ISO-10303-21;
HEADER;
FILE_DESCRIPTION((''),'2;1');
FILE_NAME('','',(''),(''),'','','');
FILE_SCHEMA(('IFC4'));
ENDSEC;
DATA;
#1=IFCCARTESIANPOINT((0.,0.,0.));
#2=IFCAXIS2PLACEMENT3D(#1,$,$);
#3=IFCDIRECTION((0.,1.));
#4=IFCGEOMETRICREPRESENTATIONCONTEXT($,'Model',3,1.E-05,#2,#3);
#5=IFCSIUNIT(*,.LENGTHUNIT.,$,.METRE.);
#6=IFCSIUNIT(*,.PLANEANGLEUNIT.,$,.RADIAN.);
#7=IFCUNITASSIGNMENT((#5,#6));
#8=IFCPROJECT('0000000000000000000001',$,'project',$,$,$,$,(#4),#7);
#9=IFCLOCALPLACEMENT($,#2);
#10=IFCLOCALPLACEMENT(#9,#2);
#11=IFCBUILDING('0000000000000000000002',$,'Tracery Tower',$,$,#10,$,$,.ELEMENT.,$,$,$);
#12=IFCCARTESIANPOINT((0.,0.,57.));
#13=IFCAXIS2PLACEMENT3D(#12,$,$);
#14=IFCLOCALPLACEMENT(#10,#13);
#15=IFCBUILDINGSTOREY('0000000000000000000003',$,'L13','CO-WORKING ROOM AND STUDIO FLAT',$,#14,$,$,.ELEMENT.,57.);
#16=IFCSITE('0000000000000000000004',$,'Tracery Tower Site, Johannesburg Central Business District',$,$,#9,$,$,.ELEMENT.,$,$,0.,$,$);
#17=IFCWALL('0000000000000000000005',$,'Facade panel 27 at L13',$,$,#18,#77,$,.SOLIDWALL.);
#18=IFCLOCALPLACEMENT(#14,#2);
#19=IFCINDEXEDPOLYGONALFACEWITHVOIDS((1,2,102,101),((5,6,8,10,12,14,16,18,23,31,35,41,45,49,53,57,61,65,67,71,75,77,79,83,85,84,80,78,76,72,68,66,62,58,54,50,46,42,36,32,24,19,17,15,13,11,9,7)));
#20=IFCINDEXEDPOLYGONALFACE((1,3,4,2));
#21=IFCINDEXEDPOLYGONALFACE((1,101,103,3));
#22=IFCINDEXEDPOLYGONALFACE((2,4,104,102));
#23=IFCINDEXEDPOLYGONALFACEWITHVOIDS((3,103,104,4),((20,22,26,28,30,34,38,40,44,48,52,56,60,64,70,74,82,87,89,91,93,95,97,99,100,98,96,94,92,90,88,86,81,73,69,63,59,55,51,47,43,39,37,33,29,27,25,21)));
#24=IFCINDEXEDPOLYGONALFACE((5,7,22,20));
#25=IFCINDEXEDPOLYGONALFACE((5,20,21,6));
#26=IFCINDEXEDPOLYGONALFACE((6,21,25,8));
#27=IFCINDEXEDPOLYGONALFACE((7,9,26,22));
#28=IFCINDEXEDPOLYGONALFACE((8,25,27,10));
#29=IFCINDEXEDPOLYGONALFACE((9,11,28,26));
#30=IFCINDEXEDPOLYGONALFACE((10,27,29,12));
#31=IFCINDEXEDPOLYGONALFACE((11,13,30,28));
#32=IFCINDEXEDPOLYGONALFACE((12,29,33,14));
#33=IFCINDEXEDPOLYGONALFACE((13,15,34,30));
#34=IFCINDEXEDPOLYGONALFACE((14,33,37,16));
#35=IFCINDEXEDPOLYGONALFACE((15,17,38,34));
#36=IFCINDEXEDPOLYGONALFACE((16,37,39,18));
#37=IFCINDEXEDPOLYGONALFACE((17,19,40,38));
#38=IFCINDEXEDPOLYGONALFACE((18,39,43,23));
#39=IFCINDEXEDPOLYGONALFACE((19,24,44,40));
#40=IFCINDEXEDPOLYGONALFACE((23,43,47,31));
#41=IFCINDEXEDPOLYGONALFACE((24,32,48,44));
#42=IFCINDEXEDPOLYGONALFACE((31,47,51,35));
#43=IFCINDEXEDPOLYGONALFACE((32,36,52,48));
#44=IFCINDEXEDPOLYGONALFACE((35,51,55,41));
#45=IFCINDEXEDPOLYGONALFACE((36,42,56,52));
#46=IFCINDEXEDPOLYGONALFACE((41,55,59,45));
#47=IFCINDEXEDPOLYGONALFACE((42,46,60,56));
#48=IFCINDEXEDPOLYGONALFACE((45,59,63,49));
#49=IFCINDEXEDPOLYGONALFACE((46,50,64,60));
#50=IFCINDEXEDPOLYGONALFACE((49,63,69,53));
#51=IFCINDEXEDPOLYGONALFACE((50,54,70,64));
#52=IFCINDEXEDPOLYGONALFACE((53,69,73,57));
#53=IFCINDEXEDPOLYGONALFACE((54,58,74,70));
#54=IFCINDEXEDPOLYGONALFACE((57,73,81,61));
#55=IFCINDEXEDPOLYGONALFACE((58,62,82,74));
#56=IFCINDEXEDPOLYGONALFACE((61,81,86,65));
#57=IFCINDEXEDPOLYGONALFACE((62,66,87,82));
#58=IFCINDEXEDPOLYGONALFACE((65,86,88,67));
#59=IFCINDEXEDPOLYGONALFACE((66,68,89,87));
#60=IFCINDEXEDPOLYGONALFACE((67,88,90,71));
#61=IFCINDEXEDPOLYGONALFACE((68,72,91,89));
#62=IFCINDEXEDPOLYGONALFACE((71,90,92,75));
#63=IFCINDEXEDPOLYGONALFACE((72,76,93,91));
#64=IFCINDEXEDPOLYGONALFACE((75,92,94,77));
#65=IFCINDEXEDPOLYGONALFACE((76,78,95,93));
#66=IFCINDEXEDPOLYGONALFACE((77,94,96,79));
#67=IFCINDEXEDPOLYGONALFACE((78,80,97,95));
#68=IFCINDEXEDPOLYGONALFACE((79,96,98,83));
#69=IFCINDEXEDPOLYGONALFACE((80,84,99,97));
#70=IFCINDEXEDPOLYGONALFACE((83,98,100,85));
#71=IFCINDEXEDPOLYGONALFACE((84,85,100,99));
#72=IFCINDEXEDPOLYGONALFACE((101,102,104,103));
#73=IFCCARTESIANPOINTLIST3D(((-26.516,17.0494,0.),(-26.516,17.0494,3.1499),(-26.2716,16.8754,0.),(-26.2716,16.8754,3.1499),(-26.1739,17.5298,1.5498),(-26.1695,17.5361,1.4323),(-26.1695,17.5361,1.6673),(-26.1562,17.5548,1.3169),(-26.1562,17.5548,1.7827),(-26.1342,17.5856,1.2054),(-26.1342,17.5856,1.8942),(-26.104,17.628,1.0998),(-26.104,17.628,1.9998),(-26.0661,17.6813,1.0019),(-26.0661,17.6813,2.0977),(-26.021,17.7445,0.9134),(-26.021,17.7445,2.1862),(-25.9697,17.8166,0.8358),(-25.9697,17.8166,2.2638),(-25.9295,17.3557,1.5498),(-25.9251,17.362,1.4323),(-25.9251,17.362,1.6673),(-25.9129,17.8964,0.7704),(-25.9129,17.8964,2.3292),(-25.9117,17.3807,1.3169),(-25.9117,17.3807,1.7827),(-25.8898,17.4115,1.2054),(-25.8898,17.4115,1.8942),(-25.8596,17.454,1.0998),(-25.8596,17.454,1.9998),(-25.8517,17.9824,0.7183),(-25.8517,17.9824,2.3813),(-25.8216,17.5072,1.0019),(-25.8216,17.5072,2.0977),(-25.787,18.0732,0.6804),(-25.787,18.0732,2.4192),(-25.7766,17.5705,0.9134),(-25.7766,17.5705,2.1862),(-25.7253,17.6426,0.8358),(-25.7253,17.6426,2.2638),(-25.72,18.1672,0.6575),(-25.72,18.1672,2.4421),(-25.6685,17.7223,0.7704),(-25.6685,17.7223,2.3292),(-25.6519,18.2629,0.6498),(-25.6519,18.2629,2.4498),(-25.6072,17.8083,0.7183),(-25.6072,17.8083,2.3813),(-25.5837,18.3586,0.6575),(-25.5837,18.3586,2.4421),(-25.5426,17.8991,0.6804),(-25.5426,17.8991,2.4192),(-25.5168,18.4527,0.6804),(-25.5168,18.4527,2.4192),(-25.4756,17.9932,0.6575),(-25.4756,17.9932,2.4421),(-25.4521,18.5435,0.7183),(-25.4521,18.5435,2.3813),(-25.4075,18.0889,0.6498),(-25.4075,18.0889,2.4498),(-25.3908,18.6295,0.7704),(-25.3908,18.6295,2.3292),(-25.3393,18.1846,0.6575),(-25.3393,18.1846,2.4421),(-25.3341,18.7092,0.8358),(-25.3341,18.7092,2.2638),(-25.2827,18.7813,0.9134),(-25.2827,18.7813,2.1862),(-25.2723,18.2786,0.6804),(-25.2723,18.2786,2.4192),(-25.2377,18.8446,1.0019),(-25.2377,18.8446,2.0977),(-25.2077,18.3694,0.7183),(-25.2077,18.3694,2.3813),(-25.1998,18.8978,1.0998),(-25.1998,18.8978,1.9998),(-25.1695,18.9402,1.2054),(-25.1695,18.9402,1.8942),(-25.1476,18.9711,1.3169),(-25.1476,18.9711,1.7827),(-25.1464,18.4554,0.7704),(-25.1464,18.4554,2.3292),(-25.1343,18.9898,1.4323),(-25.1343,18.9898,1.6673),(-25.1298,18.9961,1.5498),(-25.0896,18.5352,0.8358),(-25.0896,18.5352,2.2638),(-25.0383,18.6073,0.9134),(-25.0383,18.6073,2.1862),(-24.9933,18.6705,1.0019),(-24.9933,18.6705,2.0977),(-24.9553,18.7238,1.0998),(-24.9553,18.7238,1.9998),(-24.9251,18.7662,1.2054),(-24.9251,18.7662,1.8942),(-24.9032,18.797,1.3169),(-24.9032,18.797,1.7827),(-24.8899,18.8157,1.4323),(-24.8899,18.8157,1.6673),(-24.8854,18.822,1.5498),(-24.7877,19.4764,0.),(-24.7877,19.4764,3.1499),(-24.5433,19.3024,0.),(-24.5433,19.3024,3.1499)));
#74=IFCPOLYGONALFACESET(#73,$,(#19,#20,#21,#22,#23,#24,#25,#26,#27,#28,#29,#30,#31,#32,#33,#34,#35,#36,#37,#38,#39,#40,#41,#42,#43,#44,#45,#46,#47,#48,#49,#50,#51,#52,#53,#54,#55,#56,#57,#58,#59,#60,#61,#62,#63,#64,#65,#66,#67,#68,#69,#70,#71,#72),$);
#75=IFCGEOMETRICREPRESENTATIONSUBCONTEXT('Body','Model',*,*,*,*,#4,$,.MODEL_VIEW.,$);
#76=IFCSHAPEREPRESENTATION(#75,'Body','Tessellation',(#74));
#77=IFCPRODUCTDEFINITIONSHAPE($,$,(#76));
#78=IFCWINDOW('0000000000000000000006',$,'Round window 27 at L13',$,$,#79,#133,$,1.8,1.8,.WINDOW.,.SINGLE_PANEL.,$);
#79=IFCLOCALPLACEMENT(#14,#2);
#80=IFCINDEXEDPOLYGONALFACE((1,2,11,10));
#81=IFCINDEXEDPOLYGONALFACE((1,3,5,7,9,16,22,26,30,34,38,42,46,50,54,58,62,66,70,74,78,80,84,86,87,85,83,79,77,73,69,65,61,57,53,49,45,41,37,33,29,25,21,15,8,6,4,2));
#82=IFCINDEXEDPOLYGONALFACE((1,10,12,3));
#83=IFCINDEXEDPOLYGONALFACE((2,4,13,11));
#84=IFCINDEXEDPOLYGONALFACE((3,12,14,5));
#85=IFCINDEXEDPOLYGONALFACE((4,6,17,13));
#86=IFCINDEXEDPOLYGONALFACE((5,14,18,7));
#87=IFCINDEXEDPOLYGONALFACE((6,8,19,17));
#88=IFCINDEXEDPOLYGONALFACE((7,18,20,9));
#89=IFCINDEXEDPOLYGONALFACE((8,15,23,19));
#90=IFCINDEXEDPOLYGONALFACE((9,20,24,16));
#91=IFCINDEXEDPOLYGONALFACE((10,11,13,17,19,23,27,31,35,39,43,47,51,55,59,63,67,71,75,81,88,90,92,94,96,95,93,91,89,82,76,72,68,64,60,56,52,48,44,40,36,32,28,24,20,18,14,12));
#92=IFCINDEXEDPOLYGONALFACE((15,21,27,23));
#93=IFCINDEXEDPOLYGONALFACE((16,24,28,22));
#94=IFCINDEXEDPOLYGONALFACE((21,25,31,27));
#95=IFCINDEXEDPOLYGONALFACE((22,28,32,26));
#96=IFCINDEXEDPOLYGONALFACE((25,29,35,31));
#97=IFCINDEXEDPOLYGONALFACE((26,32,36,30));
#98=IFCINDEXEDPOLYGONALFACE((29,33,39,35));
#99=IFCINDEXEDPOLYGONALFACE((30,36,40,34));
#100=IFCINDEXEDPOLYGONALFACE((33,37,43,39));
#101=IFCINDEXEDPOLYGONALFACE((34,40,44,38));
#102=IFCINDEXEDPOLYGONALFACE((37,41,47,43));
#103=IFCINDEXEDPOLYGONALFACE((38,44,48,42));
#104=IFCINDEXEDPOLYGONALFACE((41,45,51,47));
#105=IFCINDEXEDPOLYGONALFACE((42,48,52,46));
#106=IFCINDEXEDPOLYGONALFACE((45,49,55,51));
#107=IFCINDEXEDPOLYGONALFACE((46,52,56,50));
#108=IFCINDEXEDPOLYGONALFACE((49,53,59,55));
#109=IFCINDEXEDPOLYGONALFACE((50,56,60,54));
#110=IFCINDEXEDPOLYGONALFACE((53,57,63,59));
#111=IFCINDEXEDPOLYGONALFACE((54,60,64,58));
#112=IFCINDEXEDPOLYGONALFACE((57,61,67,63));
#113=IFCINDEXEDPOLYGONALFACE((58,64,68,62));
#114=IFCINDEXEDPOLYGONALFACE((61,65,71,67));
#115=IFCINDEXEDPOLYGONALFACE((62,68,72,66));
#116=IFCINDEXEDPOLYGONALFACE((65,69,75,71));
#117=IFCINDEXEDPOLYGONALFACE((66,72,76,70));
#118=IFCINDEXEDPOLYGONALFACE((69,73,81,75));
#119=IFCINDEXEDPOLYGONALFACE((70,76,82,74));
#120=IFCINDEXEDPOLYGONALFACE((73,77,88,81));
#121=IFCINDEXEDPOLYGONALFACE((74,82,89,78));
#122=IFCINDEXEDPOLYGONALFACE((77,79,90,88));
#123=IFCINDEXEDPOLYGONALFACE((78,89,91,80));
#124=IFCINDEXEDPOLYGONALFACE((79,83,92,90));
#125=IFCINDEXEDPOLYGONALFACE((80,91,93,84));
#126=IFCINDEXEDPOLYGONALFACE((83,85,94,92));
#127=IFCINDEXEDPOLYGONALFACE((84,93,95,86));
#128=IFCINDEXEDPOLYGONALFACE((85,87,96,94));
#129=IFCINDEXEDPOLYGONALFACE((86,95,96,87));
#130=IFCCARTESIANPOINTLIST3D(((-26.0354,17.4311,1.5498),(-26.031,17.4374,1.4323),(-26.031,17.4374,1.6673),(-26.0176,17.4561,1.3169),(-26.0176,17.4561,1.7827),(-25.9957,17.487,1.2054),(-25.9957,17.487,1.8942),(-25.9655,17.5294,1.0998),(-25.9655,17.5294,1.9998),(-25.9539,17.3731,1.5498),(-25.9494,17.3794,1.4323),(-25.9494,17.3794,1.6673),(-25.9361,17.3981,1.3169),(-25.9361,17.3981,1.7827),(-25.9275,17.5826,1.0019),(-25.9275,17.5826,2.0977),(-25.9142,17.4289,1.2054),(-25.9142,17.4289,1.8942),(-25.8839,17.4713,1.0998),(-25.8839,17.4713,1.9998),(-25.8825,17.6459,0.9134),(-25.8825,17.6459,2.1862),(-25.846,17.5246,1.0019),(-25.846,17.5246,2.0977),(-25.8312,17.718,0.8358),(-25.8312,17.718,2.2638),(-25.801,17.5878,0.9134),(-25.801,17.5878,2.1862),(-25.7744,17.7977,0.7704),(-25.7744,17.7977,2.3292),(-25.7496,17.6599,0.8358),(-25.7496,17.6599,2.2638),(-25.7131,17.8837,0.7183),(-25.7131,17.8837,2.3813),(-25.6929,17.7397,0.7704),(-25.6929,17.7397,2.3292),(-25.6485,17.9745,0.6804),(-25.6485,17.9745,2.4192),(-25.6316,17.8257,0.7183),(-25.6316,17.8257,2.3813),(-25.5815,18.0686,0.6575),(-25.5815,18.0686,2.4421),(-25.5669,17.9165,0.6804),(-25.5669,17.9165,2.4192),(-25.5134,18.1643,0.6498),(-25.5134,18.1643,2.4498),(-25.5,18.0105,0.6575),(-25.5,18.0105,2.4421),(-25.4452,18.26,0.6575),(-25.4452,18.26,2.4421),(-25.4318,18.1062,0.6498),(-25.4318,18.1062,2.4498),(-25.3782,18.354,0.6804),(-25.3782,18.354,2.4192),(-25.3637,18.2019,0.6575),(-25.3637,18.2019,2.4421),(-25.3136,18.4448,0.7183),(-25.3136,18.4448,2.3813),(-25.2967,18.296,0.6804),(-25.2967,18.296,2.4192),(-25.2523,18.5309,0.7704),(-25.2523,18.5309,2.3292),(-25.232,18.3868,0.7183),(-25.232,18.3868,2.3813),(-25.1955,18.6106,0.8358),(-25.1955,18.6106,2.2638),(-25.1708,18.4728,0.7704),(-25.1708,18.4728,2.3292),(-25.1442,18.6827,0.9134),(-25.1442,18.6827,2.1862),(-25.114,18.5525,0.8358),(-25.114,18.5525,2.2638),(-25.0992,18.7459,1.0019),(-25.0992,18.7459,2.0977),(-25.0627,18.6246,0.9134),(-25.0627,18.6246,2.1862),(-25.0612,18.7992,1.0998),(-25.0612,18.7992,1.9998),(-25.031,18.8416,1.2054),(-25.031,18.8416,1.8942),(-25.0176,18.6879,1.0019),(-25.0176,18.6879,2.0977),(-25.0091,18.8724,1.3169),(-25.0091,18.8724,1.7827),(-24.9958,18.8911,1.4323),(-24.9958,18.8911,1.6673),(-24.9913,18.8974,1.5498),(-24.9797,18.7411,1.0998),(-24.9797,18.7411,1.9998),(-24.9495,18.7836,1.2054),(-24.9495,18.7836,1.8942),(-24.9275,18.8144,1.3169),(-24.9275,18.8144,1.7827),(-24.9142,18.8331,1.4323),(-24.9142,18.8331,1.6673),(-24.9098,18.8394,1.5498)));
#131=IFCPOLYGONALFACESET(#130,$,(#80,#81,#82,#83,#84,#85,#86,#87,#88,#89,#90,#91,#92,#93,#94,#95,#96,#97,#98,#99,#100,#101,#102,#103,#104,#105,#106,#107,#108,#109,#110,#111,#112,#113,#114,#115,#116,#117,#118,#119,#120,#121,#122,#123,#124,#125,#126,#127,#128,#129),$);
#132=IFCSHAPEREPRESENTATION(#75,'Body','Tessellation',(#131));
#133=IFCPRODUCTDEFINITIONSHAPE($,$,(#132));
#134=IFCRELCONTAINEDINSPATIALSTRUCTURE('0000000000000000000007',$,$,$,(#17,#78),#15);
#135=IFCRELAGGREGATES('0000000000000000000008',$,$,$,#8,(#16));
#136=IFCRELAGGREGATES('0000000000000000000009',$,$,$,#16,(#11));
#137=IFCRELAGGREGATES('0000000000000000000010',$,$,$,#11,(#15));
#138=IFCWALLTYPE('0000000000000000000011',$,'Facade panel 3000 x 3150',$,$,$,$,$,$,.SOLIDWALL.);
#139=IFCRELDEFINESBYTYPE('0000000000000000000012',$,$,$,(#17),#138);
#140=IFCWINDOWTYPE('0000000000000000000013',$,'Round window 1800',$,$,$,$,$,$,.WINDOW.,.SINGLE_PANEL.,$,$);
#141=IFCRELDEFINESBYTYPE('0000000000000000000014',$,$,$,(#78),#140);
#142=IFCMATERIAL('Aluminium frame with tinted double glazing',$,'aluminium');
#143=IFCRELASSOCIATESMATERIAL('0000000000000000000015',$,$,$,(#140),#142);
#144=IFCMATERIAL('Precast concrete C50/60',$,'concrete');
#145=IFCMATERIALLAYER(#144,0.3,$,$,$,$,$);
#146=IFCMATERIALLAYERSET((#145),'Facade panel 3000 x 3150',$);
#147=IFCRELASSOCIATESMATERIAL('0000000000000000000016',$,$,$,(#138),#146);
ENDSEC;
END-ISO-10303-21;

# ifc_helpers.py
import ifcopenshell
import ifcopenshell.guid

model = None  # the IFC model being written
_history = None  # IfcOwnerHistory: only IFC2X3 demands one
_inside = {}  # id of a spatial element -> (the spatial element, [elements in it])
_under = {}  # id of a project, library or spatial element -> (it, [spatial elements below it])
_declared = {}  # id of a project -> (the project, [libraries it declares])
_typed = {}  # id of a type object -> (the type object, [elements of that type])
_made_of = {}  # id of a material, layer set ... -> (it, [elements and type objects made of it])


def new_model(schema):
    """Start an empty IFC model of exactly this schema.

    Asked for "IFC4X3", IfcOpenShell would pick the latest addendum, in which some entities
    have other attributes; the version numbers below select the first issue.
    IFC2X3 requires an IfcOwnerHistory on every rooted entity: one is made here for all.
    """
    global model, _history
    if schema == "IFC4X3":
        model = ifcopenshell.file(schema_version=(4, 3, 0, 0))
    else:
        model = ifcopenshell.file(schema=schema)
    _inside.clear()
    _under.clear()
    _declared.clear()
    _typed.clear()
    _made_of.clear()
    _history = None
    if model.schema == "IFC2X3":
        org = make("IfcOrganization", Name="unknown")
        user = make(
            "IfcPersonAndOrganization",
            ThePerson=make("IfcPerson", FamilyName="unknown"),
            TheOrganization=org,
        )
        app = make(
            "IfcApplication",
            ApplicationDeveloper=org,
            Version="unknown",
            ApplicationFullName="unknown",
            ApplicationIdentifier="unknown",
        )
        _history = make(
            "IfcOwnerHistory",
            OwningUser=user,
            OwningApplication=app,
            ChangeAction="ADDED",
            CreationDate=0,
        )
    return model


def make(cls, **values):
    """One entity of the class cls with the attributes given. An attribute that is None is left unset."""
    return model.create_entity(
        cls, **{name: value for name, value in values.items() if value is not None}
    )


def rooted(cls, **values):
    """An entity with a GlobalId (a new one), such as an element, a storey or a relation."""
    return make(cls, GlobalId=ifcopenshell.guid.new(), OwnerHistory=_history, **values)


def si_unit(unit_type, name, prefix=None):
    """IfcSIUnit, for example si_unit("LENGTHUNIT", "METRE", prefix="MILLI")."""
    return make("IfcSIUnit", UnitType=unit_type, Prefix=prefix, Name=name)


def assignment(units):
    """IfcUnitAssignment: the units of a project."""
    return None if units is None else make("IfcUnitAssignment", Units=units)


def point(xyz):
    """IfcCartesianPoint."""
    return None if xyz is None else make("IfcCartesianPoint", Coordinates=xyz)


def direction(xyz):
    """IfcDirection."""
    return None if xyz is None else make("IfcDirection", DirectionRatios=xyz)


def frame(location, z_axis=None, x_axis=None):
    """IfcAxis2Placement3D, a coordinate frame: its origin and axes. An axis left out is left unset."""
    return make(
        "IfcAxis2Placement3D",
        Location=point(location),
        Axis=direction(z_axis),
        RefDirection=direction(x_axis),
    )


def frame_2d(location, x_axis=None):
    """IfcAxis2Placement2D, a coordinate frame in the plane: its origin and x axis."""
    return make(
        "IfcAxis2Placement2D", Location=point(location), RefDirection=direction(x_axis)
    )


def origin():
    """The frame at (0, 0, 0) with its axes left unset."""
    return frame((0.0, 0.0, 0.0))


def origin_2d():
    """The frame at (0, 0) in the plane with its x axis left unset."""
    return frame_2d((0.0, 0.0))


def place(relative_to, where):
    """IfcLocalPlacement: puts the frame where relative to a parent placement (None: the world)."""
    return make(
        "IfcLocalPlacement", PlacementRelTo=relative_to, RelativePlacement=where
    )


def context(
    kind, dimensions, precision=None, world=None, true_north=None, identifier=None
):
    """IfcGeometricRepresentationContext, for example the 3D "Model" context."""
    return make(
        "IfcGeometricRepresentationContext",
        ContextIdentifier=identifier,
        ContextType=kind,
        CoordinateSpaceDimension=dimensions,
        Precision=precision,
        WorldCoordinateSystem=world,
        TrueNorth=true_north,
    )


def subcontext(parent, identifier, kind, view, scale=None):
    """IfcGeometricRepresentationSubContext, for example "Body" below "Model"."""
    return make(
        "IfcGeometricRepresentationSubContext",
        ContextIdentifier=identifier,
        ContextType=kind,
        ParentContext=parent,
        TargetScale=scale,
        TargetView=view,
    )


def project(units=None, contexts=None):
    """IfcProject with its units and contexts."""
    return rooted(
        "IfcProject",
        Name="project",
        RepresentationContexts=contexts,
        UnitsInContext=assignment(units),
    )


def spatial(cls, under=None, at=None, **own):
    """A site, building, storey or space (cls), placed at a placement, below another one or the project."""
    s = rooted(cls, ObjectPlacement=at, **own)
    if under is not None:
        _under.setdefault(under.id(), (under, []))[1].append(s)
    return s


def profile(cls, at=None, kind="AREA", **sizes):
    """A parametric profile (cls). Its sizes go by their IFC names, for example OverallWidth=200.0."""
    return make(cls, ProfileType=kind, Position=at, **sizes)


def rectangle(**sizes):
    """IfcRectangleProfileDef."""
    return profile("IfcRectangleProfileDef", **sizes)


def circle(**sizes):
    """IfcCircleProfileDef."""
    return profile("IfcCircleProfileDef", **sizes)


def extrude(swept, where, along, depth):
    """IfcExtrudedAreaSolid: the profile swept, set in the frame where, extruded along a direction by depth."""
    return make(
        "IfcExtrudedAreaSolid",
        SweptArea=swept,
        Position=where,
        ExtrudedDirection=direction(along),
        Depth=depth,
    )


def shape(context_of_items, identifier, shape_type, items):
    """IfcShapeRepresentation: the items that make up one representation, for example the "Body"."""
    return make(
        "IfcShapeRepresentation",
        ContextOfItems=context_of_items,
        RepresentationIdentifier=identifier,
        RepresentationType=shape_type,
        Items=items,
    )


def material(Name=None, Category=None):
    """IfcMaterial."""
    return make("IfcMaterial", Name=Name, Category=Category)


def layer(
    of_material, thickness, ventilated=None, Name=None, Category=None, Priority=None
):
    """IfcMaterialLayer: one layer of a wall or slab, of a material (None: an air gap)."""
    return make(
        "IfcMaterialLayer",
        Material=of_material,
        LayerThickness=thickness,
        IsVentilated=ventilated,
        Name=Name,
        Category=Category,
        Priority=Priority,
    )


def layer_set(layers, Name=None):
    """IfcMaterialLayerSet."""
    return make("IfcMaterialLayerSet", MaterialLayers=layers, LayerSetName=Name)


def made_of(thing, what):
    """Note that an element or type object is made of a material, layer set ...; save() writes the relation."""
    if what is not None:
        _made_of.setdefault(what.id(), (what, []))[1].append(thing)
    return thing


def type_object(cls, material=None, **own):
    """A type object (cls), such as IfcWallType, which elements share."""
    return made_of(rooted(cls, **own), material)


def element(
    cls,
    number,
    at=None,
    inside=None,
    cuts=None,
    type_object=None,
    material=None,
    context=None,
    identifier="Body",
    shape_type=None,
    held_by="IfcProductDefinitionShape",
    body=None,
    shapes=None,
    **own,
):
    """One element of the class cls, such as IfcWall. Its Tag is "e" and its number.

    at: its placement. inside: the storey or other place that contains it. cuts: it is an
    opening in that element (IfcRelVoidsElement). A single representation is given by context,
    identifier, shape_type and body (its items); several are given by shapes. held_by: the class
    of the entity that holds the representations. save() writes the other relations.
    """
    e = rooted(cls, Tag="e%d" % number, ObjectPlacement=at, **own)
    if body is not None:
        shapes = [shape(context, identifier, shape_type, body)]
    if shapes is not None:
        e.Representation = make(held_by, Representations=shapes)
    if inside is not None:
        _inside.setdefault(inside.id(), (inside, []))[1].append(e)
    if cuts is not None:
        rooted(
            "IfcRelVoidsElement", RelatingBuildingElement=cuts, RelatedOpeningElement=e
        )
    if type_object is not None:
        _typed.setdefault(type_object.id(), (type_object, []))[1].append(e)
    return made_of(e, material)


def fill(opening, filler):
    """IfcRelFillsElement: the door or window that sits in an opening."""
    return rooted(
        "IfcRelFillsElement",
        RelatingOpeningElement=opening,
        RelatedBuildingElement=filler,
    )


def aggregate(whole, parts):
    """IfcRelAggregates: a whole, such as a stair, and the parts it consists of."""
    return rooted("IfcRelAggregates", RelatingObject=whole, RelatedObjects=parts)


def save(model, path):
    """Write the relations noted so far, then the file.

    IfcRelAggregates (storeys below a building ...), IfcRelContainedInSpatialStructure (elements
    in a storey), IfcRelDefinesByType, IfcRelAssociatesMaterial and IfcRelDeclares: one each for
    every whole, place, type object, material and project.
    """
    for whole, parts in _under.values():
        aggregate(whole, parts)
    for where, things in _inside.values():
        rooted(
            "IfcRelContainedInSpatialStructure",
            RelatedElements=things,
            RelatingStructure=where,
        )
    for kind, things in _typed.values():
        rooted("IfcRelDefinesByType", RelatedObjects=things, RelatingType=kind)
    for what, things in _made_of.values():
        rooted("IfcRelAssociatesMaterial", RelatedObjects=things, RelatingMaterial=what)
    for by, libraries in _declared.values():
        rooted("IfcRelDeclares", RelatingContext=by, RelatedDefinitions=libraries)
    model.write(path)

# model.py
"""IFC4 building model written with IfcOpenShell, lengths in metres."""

from ifc_helpers import new_model, si_unit, direction, frame, frame_2d, origin, origin_2d, place, context, subcontext, project, spatial, rectangle, circle, extrude, material, layer, layer_set, type_object, element, fill, save


model = new_model("IFC4")

# Units and contexts
model_context = context("Model", 3, precision=1e-05, world=origin(), true_north=direction((0.0, 1.0)))
body_context = subcontext(model_context, "Body", "Model", "MODEL_VIEW")
ifc_project = project(units=[si_unit("LENGTHUNIT", "METRE"), si_unit("PLANEANGLEUNIT", "RADIAN")], contexts=[model_context])

# Site, building, storey
site_placement = place(None, origin())
site = spatial("IfcSite", under=ifc_project, at=site_placement, Name="Tracery Tower Site, Johannesburg Central Business District", CompositionType="ELEMENT", RefElevation=0.0)
building_placement = place(site_placement, origin())
building = spatial("IfcBuilding", under=site, at=building_placement, Name="Tracery Tower", CompositionType="ELEMENT")
storey_placement = place(building_placement, frame((0.0, 0.0, 57.0)))
storey = spatial("IfcBuildingStorey", under=building, at=storey_placement, Name="L13", Description="CO-WORKING ROOM AND STUDIO FLAT", CompositionType="ELEMENT", Elevation=57.0)

# Wall, opening, window
ifc_material_1 = material(Name="Aluminium frame with tinted double glazing", Category="aluminium")
window_type = type_object("IfcWindowType", Name="Round window 1800", PartitioningType="SINGLE_PANEL", PredefinedType="WINDOW", material=ifc_material_1)
ifc_material_2 = material(Name="Precast concrete C50/60", Category="concrete")
ifc_layer_1 = layer(ifc_material_2, 0.3)
ifc_layer_set_1 = layer_set([ifc_layer_1], Name="Facade panel 3000 x 3150")
wall_type_1 = type_object("IfcWallType", Name="Facade panel 3000 x 3150", PredefinedType="SOLIDWALL", material=ifc_layer_set_1)
wall_1_placement = place(storey_placement, frame((-24.6655, 19.3894, 0.0), z_axis=(0.0, 0.0, 1.0), x_axis=(-0.580059, -0.814574, 0.0)))
wall_1 = element("IfcWall", 1, at=wall_1_placement, inside=storey, type_object=wall_type_1, Name="Facade panel 27 at L13", PredefinedType="SOLIDWALL", context=body_context, shape_type="SweptSolid", body=[
    extrude(rectangle(XDim=2.9795, YDim=0.3, at=frame_2d((1.4897, 0.0))), origin(), (0.0, 0.0, 1.0), 3.1499),
])
opening_1_placement = place(wall_1_placement, frame((1.4897, 0.0, 1.5498)))
opening_1 = element("IfcOpeningElement", 2, at=opening_1_placement, cuts=wall_1, PredefinedType="OPENING", context=body_context, shape_type="SweptSolid", body=[
    extrude(circle(Radius=0.9, at=origin_2d()), frame((0.0, 0.1599, 0.0), z_axis=(0.0, -1.0, 0.0), x_axis=(1.0, 0.0, 0.0)), (0.0, 0.0, 1.0), 0.3201),
])
window_1_placement = place(opening_1_placement, origin())
window_1 = element("IfcWindow", 3, at=window_1_placement, inside=storey, type_object=window_type, Name="Round window 27 at L13", OverallHeight=1.8, OverallWidth=1.8, PartitioningType="SINGLE_PANEL", PredefinedType="WINDOW", context=body_context, shape_type="SweptSolid", body=[
    extrude(circle(Radius=0.9, at=origin_2d()), frame((0.0, 0.1201, 0.0), z_axis=(0.0, -1.0, 0.0), x_axis=(1.0, 0.0, 0.0)), (0.0, 0.0, 1.0), 0.1001),
])
fill(opening_1, window_1)

save(model, "model.ifc")
